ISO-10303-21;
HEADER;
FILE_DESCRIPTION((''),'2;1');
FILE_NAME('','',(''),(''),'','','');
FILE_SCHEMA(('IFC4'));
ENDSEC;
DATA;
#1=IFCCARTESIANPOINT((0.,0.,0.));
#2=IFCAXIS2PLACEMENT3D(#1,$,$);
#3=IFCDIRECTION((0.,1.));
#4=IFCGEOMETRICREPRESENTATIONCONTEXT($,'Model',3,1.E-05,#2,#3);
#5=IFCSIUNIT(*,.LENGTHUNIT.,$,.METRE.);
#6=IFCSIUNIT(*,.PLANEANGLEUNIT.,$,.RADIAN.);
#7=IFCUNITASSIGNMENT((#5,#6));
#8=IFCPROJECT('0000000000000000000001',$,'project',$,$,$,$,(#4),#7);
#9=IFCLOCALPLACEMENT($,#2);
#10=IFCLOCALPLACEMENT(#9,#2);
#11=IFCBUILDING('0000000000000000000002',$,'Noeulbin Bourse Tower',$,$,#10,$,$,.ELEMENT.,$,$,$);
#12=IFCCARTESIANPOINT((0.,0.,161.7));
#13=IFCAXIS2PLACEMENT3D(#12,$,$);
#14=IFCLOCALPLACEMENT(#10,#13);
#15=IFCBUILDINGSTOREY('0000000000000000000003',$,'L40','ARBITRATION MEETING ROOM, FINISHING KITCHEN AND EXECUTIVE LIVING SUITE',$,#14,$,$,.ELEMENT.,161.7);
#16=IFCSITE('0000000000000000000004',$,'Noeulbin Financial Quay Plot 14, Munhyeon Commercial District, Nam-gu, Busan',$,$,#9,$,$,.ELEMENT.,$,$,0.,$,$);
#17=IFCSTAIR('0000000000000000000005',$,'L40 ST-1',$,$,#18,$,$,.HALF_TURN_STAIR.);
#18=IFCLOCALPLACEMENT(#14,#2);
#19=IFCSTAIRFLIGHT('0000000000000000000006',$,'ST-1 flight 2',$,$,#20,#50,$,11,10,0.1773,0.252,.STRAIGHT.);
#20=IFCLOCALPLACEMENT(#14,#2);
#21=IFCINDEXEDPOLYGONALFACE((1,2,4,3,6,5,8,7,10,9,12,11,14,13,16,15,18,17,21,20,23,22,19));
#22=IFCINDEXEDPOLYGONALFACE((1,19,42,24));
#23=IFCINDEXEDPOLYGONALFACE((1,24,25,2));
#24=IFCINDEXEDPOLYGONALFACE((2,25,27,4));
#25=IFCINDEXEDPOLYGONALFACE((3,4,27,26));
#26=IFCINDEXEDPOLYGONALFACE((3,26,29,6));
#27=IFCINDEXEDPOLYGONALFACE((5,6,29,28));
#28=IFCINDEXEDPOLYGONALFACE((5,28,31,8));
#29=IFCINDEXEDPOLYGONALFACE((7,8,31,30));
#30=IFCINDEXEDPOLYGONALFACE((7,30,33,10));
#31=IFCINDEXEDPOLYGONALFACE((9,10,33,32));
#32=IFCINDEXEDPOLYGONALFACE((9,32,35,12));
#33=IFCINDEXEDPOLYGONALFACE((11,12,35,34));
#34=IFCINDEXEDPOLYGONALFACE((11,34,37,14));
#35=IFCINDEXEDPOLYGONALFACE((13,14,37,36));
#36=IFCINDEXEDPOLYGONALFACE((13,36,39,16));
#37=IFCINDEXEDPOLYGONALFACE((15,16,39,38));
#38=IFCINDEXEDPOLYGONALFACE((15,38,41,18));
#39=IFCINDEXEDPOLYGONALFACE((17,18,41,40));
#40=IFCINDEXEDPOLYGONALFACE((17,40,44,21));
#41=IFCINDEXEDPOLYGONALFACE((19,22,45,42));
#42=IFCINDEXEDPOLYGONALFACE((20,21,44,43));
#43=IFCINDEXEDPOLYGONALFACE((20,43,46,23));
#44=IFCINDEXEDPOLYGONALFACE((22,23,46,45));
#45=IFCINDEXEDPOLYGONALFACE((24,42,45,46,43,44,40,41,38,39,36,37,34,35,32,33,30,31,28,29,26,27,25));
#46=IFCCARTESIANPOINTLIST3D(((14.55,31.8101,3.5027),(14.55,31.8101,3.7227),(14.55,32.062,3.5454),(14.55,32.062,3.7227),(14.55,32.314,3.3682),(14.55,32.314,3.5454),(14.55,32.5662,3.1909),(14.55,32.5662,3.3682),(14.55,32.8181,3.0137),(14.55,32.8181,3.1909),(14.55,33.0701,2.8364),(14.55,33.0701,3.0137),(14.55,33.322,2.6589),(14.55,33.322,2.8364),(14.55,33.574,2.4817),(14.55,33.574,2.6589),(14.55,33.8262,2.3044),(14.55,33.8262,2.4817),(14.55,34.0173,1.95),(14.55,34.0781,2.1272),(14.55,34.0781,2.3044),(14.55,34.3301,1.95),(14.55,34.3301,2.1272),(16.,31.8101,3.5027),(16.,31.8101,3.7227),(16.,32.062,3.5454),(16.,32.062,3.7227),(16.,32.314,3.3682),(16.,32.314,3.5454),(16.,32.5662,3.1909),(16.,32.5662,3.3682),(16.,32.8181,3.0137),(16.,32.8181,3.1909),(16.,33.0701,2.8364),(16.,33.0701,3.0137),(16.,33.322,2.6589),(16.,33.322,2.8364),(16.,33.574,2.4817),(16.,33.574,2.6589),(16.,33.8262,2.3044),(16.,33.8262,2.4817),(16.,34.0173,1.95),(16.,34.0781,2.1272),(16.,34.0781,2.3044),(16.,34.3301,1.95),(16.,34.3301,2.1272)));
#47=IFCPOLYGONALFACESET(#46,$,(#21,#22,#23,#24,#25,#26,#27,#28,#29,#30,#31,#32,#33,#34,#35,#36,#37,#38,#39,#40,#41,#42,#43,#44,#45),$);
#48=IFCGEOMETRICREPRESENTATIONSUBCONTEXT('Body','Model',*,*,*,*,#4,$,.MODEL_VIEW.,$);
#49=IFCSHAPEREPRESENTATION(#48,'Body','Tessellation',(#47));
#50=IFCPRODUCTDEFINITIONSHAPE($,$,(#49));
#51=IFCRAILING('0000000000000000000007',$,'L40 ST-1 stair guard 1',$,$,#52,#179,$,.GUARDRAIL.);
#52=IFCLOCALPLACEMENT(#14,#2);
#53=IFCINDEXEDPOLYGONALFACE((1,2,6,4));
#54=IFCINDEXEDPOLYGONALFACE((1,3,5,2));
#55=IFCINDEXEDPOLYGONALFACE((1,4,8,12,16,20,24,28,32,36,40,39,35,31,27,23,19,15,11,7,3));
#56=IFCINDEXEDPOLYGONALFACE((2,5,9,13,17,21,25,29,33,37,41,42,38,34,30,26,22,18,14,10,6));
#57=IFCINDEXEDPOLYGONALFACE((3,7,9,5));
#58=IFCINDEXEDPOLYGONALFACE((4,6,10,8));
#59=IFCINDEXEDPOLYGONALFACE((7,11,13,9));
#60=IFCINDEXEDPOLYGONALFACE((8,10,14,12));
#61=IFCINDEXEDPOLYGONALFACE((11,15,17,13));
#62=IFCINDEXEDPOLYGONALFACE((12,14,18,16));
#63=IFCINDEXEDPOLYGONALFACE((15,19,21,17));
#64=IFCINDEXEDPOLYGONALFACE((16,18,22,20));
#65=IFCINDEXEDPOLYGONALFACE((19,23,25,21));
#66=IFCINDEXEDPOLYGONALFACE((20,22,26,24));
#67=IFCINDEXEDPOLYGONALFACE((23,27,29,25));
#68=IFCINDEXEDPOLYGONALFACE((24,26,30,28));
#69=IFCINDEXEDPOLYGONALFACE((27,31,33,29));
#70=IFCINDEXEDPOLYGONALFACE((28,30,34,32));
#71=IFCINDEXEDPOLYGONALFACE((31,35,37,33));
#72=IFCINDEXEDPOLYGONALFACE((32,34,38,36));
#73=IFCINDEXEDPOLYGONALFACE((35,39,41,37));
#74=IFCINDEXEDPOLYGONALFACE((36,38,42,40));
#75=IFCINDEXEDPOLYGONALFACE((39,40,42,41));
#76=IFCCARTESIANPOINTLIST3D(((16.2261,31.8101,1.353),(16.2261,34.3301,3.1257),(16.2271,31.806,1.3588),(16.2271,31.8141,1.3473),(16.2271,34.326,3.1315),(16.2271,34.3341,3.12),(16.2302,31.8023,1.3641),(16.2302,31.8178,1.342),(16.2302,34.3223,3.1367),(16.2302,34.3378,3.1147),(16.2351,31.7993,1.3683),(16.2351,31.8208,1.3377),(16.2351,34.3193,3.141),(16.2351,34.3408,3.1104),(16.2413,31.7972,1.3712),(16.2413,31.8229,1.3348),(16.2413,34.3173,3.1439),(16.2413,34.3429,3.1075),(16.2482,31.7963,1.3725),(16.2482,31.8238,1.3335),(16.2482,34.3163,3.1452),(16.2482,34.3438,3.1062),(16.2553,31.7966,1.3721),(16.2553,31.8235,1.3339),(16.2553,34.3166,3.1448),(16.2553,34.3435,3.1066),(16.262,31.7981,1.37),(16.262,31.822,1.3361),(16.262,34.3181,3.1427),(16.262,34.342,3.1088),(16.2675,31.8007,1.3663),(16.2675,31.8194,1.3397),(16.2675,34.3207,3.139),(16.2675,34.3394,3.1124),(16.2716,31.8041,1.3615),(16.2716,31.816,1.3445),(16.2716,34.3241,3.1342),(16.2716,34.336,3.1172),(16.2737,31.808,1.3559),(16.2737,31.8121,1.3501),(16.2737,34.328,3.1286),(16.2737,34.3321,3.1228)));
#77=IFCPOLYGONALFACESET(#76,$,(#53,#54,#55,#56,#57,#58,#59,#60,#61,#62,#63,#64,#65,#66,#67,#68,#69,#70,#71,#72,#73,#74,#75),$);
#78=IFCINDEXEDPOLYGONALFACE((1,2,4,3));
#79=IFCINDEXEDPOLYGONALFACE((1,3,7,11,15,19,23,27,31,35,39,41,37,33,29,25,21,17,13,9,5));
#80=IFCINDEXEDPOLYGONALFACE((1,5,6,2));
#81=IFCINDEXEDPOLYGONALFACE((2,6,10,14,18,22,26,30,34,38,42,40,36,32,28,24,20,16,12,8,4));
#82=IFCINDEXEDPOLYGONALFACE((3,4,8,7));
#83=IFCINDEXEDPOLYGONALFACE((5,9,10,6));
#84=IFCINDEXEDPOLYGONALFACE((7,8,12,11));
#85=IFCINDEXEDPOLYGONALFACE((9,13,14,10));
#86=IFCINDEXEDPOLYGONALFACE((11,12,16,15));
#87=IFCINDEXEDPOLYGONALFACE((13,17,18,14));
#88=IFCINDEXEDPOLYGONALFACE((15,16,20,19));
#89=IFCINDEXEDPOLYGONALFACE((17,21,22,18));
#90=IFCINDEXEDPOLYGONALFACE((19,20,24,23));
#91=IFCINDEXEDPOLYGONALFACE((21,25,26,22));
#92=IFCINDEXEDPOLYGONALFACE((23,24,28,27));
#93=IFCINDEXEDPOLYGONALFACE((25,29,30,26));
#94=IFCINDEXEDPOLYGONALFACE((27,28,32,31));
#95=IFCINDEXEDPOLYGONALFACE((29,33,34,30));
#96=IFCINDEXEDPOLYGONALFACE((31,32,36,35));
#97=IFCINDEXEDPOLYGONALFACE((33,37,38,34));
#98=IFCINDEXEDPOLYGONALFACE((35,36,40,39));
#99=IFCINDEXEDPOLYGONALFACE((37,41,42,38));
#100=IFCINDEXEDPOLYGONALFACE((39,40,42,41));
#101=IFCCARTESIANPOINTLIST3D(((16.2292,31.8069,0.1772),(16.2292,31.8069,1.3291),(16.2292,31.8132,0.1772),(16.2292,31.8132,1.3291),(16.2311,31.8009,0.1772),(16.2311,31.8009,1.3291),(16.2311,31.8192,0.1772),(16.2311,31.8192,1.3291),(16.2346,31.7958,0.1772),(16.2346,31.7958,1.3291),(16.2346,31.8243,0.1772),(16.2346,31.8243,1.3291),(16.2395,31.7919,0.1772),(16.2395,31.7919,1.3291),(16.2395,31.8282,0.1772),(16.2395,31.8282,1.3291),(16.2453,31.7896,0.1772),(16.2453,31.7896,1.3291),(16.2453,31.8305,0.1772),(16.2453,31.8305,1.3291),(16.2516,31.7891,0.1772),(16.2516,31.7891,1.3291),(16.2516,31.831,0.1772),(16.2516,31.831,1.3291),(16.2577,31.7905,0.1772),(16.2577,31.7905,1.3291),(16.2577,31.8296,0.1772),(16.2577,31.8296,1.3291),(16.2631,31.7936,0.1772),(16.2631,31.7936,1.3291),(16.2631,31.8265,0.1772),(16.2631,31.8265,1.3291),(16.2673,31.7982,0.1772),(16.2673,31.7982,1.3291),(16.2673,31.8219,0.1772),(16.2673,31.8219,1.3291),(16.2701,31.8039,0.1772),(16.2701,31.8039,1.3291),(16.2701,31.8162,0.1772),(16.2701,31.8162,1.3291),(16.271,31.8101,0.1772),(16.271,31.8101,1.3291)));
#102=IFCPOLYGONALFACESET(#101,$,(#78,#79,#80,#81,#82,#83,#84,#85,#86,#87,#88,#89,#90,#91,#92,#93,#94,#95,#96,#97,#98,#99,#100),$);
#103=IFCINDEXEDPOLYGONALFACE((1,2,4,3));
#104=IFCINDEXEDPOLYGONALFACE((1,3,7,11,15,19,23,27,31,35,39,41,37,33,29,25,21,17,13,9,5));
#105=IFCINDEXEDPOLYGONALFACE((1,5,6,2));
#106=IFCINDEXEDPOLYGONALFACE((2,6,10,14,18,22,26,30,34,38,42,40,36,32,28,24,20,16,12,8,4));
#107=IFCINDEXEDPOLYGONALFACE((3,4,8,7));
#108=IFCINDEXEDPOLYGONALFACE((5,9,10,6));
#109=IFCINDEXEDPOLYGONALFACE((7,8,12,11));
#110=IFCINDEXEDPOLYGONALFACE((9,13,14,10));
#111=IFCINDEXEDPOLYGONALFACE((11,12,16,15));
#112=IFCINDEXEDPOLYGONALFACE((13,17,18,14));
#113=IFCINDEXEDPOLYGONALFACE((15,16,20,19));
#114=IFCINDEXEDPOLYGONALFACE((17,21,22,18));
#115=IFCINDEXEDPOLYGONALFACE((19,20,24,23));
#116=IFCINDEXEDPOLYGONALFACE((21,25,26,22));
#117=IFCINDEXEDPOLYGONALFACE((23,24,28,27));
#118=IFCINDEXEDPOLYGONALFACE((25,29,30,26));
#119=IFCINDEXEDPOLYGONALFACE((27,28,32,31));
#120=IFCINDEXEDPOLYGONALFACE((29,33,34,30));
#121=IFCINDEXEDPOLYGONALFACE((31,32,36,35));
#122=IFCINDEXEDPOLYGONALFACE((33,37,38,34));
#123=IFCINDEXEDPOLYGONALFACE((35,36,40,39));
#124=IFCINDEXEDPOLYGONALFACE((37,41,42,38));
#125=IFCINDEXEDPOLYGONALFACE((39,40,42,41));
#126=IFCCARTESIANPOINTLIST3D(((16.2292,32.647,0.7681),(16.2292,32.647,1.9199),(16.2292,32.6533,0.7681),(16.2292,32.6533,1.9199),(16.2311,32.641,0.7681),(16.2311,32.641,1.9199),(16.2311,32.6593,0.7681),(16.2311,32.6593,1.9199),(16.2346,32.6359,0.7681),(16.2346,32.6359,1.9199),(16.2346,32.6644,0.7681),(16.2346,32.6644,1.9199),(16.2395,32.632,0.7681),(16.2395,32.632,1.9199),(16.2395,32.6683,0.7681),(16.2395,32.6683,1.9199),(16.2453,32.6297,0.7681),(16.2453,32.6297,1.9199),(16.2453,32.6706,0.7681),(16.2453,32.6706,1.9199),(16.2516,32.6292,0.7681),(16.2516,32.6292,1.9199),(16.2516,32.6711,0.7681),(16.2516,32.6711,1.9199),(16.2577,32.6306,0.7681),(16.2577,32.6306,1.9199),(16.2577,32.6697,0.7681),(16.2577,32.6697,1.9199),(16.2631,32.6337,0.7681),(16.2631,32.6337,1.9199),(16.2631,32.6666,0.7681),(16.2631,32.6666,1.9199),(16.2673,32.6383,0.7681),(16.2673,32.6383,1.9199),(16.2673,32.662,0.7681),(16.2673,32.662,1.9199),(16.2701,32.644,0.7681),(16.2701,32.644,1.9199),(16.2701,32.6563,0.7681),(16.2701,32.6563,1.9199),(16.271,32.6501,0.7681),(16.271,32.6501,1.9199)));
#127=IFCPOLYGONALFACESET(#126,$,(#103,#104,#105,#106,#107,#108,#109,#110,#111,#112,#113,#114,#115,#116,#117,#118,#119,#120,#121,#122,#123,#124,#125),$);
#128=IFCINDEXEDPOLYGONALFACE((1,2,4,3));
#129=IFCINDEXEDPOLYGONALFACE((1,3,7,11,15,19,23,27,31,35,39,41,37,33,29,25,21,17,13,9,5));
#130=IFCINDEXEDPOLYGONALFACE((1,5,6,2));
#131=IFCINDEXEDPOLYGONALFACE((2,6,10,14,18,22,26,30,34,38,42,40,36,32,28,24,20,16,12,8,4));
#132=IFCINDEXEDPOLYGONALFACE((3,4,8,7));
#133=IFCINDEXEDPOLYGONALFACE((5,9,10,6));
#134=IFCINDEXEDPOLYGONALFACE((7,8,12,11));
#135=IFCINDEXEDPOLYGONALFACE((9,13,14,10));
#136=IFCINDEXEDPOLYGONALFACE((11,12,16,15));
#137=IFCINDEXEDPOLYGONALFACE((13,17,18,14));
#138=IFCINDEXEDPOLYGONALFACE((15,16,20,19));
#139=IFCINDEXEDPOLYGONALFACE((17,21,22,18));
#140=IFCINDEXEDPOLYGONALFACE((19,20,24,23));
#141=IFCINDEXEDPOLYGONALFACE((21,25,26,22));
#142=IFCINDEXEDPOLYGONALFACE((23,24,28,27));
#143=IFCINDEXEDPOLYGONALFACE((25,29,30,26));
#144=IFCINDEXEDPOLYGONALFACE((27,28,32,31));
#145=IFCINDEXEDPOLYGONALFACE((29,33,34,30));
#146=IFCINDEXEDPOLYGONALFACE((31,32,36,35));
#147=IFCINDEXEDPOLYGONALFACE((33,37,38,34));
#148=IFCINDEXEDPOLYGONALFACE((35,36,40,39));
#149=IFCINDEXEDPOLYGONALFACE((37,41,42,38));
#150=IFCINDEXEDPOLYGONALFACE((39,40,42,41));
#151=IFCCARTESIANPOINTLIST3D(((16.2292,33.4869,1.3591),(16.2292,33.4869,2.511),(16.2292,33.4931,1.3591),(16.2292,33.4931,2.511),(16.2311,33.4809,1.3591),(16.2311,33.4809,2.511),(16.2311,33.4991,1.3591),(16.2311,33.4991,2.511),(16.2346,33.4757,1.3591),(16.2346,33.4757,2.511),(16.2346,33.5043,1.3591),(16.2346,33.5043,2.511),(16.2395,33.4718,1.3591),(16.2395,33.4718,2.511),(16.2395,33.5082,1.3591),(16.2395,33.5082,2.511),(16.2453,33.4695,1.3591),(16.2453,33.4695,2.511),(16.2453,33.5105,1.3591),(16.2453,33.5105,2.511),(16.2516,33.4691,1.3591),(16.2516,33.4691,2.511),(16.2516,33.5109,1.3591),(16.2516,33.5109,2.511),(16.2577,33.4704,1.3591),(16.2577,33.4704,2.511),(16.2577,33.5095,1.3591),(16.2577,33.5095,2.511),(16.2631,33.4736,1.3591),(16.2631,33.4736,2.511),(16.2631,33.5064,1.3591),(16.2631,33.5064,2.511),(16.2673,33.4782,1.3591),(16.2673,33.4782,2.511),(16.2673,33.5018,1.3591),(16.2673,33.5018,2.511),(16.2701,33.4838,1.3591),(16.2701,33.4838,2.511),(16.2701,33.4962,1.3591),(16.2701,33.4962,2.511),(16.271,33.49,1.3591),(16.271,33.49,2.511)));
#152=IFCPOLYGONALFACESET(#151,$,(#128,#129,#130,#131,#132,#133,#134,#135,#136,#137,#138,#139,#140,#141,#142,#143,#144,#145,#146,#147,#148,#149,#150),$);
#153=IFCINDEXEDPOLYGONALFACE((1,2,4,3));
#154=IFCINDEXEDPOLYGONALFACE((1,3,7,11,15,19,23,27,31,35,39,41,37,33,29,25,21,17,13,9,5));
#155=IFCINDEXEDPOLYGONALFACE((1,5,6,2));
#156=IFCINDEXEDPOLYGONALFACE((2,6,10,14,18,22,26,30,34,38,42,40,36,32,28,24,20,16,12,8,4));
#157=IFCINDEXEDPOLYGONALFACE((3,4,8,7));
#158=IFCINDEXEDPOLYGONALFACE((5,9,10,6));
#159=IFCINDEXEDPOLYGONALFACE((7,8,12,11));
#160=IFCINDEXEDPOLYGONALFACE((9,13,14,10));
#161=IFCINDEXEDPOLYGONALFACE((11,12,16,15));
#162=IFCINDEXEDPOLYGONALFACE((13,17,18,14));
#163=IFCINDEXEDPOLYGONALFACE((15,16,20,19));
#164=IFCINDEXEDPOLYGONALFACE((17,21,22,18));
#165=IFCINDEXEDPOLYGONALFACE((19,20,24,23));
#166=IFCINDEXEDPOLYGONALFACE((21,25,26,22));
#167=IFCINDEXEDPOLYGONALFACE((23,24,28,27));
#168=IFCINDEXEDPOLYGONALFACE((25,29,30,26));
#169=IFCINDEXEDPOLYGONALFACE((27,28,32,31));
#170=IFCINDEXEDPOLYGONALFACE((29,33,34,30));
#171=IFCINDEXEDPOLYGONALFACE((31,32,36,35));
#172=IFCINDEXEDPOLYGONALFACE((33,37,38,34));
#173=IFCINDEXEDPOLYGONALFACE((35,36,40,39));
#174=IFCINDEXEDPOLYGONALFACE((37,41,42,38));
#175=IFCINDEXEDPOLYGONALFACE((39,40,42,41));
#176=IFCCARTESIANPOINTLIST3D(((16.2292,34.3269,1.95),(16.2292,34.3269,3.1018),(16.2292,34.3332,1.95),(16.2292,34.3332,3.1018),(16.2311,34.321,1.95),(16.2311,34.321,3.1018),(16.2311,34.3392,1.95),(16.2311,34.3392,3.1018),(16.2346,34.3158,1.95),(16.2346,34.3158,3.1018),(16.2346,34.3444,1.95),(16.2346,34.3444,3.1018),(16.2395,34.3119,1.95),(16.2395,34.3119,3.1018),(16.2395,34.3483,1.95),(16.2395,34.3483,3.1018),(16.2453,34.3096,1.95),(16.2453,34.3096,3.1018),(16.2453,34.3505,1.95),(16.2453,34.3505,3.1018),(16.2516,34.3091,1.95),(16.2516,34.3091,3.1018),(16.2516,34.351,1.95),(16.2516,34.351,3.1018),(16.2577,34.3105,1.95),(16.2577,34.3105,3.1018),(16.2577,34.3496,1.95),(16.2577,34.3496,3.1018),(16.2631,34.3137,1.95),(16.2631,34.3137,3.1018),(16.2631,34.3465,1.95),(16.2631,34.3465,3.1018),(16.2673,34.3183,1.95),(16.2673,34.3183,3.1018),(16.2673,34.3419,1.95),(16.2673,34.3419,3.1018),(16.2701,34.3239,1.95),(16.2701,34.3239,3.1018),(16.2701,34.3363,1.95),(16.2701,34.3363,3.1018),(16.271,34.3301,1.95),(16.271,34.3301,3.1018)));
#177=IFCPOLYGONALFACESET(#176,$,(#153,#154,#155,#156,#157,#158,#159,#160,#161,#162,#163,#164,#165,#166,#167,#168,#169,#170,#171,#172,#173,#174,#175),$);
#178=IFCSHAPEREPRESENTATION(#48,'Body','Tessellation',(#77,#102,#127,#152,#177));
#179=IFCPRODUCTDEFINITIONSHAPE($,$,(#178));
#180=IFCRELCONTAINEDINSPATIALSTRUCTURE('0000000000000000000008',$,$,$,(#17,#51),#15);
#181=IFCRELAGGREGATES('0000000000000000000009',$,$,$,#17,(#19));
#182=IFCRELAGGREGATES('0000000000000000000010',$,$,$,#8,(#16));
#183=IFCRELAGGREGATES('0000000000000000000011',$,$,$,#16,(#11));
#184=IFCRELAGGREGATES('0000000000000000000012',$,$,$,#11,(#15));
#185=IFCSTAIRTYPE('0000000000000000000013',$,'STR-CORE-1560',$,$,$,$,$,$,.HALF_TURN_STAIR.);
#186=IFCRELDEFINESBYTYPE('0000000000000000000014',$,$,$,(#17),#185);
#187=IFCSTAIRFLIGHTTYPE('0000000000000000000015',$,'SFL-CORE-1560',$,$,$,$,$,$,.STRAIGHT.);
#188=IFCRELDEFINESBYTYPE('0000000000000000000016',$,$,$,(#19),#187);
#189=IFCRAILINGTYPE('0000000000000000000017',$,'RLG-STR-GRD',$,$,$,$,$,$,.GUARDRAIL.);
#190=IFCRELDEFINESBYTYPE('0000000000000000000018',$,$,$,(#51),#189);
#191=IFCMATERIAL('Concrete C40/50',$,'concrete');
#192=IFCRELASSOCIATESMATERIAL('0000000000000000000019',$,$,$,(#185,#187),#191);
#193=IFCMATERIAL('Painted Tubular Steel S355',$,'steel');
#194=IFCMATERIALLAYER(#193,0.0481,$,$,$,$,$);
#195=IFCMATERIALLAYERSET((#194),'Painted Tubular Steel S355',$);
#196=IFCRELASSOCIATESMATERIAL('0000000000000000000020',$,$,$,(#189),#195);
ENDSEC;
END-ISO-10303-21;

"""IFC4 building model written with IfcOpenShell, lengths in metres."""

from ifc_helpers import new_model, si_unit, direction, frame, origin, origin_2d, place, context, subcontext, project, spatial, polyline, circle, outline, extrude, material, layer, layer_set, type_object, element, aggregate, save


model = new_model("IFC4")

# Units and contexts
model_context = context("Model", 3, precision=1e-05, world=origin(), true_north=direction((0.0, 1.0)))
body_context = subcontext(model_context, "Body", "Model", "MODEL_VIEW")
ifc_project = project(units=[si_unit("LENGTHUNIT", "METRE"), si_unit("PLANEANGLEUNIT", "RADIAN")], contexts=[model_context])

# Site, building, storey
site_placement = place(None, origin())
site = spatial("IfcSite", under=ifc_project, at=site_placement, Name="Noeulbin Financial Quay Plot 14, Munhyeon Commercial District, Nam-gu, Busan", CompositionType="ELEMENT", RefElevation=0.0)
building_placement = place(site_placement, origin())
building = spatial("IfcBuilding", under=site, at=building_placement, Name="Noeulbin Bourse Tower", CompositionType="ELEMENT")
storey_placement = place(building_placement, frame((0.0, 0.0, 161.7)))
storey = spatial("IfcBuildingStorey", under=building, at=storey_placement, Name="L40", Description="ARBITRATION MEETING ROOM, FINISHING KITCHEN AND EXECUTIVE LIVING SUITE", CompositionType="ELEMENT", Elevation=161.7)

# Shared definitions
ifc_material_1 = material(Name="Concrete C40/50", Category="concrete")

# Stair, stair flight
stair_type = type_object("IfcStairType", Name="STR-CORE-1560", PredefinedType="HALF_TURN_STAIR", material=ifc_material_1)
stair_placement = place(storey_placement, origin())
stair = element("IfcStair", 1, at=stair_placement, inside=storey, type_object=stair_type, Name="L40 ST-1", PredefinedType="HALF_TURN_STAIR")
stair_flight_type = type_object("IfcStairFlightType", Name="SFL-CORE-1560", PredefinedType="STRAIGHT", material=ifc_material_1)
stair_flight_1_placement = place(storey_placement, frame((15.2749, 34.3301, 1.95), z_axis=(0.0, 0.0, 1.0), x_axis=(0.0, -1.0, 0.0)))
stair_flight_1 = element("IfcStairFlight", 2, at=stair_flight_1_placement, type_object=stair_flight_type, Name="ST-1 flight 2", NumberOfRisers=11, NumberOfTreads=10, PredefinedType="STRAIGHT", RiserHeight=0.1773, TreadLength=0.252, context=body_context, shape_type="SweptSolid", body=[
    extrude(outline(polyline([(0.0, 0.0), (0.0, 0.1772), (0.252, 0.1772), (0.252, 0.3545), (0.5039, 0.3545), (0.5039, 0.5317), (0.7561, 0.5317), (0.7561, 0.709), (1.0081, 0.709), (1.0081, 0.8865), (1.26, 0.8865), (1.26, 1.0637), (1.512, 1.0637), (1.512, 1.241), (1.7639, 1.241), (1.7639, 1.4182), (2.0161, 1.4182), (2.0161, 1.5955), (2.2681, 1.5955), (2.2681, 1.7727), (2.52, 1.7727), (2.52, 1.95), (2.52, 1.5527), (0.3127, 0.0), (0.0, 0.0)])), frame((0.0, 0.7251, 0.0), z_axis=(0.0, -1.0, 0.0), x_axis=(1.0, 0.0, 0.0)), (0.0, 0.0, 1.0), 1.45),
])
aggregate(stair, [stair_flight_1])

# Railing
ifc_material_2 = material(Name="Painted Tubular Steel S355", Category="steel")
ifc_layer_1 = layer(ifc_material_2, 0.0481)
ifc_layer_set_1 = layer_set([ifc_layer_1], Name="Painted Tubular Steel S355")
railing_type_1 = type_object("IfcRailingType", Name="RLG-STR-GRD", PredefinedType="GUARDRAIL", material=ifc_layer_set_1)
railing_1_placement = place(storey_placement, frame((16.25, 31.8101, 0.1772)))
element("IfcRailing", 3, at=railing_1_placement, inside=storey, type_object=railing_type_1, Name="L40 ST-1 stair guard 1", PredefinedType="GUARDRAIL", context=body_context, shape_type="SweptSolid", body=[
    extrude(circle(Radius=0.0239, at=origin_2d()), frame((0.0, 0.0, 1.1758), z_axis=(0.0, 0.817904, 0.575354), x_axis=(-1.0, 0.0, 0.0)), (0.0, 0.0, 1.0), 3.0811),
    extrude(circle(Radius=0.021, at=origin_2d()), origin(), (0.0, 0.0, 1.0), 1.1519),
    extrude(circle(Radius=0.021, at=origin_2d()), frame((0.0, 0.8401, 0.5908)), (0.0, 0.0, 1.0), 1.1519),
    extrude(circle(Radius=0.021, at=origin_2d()), frame((0.0, 1.6799, 1.1819)), (0.0, 0.0, 1.0), 1.1519),
    extrude(circle(Radius=0.021, at=origin_2d()), frame((0.0, 2.52, 1.7727)), (0.0, 0.0, 1.0), 1.1519),
])

save(model, "model.ifc")
